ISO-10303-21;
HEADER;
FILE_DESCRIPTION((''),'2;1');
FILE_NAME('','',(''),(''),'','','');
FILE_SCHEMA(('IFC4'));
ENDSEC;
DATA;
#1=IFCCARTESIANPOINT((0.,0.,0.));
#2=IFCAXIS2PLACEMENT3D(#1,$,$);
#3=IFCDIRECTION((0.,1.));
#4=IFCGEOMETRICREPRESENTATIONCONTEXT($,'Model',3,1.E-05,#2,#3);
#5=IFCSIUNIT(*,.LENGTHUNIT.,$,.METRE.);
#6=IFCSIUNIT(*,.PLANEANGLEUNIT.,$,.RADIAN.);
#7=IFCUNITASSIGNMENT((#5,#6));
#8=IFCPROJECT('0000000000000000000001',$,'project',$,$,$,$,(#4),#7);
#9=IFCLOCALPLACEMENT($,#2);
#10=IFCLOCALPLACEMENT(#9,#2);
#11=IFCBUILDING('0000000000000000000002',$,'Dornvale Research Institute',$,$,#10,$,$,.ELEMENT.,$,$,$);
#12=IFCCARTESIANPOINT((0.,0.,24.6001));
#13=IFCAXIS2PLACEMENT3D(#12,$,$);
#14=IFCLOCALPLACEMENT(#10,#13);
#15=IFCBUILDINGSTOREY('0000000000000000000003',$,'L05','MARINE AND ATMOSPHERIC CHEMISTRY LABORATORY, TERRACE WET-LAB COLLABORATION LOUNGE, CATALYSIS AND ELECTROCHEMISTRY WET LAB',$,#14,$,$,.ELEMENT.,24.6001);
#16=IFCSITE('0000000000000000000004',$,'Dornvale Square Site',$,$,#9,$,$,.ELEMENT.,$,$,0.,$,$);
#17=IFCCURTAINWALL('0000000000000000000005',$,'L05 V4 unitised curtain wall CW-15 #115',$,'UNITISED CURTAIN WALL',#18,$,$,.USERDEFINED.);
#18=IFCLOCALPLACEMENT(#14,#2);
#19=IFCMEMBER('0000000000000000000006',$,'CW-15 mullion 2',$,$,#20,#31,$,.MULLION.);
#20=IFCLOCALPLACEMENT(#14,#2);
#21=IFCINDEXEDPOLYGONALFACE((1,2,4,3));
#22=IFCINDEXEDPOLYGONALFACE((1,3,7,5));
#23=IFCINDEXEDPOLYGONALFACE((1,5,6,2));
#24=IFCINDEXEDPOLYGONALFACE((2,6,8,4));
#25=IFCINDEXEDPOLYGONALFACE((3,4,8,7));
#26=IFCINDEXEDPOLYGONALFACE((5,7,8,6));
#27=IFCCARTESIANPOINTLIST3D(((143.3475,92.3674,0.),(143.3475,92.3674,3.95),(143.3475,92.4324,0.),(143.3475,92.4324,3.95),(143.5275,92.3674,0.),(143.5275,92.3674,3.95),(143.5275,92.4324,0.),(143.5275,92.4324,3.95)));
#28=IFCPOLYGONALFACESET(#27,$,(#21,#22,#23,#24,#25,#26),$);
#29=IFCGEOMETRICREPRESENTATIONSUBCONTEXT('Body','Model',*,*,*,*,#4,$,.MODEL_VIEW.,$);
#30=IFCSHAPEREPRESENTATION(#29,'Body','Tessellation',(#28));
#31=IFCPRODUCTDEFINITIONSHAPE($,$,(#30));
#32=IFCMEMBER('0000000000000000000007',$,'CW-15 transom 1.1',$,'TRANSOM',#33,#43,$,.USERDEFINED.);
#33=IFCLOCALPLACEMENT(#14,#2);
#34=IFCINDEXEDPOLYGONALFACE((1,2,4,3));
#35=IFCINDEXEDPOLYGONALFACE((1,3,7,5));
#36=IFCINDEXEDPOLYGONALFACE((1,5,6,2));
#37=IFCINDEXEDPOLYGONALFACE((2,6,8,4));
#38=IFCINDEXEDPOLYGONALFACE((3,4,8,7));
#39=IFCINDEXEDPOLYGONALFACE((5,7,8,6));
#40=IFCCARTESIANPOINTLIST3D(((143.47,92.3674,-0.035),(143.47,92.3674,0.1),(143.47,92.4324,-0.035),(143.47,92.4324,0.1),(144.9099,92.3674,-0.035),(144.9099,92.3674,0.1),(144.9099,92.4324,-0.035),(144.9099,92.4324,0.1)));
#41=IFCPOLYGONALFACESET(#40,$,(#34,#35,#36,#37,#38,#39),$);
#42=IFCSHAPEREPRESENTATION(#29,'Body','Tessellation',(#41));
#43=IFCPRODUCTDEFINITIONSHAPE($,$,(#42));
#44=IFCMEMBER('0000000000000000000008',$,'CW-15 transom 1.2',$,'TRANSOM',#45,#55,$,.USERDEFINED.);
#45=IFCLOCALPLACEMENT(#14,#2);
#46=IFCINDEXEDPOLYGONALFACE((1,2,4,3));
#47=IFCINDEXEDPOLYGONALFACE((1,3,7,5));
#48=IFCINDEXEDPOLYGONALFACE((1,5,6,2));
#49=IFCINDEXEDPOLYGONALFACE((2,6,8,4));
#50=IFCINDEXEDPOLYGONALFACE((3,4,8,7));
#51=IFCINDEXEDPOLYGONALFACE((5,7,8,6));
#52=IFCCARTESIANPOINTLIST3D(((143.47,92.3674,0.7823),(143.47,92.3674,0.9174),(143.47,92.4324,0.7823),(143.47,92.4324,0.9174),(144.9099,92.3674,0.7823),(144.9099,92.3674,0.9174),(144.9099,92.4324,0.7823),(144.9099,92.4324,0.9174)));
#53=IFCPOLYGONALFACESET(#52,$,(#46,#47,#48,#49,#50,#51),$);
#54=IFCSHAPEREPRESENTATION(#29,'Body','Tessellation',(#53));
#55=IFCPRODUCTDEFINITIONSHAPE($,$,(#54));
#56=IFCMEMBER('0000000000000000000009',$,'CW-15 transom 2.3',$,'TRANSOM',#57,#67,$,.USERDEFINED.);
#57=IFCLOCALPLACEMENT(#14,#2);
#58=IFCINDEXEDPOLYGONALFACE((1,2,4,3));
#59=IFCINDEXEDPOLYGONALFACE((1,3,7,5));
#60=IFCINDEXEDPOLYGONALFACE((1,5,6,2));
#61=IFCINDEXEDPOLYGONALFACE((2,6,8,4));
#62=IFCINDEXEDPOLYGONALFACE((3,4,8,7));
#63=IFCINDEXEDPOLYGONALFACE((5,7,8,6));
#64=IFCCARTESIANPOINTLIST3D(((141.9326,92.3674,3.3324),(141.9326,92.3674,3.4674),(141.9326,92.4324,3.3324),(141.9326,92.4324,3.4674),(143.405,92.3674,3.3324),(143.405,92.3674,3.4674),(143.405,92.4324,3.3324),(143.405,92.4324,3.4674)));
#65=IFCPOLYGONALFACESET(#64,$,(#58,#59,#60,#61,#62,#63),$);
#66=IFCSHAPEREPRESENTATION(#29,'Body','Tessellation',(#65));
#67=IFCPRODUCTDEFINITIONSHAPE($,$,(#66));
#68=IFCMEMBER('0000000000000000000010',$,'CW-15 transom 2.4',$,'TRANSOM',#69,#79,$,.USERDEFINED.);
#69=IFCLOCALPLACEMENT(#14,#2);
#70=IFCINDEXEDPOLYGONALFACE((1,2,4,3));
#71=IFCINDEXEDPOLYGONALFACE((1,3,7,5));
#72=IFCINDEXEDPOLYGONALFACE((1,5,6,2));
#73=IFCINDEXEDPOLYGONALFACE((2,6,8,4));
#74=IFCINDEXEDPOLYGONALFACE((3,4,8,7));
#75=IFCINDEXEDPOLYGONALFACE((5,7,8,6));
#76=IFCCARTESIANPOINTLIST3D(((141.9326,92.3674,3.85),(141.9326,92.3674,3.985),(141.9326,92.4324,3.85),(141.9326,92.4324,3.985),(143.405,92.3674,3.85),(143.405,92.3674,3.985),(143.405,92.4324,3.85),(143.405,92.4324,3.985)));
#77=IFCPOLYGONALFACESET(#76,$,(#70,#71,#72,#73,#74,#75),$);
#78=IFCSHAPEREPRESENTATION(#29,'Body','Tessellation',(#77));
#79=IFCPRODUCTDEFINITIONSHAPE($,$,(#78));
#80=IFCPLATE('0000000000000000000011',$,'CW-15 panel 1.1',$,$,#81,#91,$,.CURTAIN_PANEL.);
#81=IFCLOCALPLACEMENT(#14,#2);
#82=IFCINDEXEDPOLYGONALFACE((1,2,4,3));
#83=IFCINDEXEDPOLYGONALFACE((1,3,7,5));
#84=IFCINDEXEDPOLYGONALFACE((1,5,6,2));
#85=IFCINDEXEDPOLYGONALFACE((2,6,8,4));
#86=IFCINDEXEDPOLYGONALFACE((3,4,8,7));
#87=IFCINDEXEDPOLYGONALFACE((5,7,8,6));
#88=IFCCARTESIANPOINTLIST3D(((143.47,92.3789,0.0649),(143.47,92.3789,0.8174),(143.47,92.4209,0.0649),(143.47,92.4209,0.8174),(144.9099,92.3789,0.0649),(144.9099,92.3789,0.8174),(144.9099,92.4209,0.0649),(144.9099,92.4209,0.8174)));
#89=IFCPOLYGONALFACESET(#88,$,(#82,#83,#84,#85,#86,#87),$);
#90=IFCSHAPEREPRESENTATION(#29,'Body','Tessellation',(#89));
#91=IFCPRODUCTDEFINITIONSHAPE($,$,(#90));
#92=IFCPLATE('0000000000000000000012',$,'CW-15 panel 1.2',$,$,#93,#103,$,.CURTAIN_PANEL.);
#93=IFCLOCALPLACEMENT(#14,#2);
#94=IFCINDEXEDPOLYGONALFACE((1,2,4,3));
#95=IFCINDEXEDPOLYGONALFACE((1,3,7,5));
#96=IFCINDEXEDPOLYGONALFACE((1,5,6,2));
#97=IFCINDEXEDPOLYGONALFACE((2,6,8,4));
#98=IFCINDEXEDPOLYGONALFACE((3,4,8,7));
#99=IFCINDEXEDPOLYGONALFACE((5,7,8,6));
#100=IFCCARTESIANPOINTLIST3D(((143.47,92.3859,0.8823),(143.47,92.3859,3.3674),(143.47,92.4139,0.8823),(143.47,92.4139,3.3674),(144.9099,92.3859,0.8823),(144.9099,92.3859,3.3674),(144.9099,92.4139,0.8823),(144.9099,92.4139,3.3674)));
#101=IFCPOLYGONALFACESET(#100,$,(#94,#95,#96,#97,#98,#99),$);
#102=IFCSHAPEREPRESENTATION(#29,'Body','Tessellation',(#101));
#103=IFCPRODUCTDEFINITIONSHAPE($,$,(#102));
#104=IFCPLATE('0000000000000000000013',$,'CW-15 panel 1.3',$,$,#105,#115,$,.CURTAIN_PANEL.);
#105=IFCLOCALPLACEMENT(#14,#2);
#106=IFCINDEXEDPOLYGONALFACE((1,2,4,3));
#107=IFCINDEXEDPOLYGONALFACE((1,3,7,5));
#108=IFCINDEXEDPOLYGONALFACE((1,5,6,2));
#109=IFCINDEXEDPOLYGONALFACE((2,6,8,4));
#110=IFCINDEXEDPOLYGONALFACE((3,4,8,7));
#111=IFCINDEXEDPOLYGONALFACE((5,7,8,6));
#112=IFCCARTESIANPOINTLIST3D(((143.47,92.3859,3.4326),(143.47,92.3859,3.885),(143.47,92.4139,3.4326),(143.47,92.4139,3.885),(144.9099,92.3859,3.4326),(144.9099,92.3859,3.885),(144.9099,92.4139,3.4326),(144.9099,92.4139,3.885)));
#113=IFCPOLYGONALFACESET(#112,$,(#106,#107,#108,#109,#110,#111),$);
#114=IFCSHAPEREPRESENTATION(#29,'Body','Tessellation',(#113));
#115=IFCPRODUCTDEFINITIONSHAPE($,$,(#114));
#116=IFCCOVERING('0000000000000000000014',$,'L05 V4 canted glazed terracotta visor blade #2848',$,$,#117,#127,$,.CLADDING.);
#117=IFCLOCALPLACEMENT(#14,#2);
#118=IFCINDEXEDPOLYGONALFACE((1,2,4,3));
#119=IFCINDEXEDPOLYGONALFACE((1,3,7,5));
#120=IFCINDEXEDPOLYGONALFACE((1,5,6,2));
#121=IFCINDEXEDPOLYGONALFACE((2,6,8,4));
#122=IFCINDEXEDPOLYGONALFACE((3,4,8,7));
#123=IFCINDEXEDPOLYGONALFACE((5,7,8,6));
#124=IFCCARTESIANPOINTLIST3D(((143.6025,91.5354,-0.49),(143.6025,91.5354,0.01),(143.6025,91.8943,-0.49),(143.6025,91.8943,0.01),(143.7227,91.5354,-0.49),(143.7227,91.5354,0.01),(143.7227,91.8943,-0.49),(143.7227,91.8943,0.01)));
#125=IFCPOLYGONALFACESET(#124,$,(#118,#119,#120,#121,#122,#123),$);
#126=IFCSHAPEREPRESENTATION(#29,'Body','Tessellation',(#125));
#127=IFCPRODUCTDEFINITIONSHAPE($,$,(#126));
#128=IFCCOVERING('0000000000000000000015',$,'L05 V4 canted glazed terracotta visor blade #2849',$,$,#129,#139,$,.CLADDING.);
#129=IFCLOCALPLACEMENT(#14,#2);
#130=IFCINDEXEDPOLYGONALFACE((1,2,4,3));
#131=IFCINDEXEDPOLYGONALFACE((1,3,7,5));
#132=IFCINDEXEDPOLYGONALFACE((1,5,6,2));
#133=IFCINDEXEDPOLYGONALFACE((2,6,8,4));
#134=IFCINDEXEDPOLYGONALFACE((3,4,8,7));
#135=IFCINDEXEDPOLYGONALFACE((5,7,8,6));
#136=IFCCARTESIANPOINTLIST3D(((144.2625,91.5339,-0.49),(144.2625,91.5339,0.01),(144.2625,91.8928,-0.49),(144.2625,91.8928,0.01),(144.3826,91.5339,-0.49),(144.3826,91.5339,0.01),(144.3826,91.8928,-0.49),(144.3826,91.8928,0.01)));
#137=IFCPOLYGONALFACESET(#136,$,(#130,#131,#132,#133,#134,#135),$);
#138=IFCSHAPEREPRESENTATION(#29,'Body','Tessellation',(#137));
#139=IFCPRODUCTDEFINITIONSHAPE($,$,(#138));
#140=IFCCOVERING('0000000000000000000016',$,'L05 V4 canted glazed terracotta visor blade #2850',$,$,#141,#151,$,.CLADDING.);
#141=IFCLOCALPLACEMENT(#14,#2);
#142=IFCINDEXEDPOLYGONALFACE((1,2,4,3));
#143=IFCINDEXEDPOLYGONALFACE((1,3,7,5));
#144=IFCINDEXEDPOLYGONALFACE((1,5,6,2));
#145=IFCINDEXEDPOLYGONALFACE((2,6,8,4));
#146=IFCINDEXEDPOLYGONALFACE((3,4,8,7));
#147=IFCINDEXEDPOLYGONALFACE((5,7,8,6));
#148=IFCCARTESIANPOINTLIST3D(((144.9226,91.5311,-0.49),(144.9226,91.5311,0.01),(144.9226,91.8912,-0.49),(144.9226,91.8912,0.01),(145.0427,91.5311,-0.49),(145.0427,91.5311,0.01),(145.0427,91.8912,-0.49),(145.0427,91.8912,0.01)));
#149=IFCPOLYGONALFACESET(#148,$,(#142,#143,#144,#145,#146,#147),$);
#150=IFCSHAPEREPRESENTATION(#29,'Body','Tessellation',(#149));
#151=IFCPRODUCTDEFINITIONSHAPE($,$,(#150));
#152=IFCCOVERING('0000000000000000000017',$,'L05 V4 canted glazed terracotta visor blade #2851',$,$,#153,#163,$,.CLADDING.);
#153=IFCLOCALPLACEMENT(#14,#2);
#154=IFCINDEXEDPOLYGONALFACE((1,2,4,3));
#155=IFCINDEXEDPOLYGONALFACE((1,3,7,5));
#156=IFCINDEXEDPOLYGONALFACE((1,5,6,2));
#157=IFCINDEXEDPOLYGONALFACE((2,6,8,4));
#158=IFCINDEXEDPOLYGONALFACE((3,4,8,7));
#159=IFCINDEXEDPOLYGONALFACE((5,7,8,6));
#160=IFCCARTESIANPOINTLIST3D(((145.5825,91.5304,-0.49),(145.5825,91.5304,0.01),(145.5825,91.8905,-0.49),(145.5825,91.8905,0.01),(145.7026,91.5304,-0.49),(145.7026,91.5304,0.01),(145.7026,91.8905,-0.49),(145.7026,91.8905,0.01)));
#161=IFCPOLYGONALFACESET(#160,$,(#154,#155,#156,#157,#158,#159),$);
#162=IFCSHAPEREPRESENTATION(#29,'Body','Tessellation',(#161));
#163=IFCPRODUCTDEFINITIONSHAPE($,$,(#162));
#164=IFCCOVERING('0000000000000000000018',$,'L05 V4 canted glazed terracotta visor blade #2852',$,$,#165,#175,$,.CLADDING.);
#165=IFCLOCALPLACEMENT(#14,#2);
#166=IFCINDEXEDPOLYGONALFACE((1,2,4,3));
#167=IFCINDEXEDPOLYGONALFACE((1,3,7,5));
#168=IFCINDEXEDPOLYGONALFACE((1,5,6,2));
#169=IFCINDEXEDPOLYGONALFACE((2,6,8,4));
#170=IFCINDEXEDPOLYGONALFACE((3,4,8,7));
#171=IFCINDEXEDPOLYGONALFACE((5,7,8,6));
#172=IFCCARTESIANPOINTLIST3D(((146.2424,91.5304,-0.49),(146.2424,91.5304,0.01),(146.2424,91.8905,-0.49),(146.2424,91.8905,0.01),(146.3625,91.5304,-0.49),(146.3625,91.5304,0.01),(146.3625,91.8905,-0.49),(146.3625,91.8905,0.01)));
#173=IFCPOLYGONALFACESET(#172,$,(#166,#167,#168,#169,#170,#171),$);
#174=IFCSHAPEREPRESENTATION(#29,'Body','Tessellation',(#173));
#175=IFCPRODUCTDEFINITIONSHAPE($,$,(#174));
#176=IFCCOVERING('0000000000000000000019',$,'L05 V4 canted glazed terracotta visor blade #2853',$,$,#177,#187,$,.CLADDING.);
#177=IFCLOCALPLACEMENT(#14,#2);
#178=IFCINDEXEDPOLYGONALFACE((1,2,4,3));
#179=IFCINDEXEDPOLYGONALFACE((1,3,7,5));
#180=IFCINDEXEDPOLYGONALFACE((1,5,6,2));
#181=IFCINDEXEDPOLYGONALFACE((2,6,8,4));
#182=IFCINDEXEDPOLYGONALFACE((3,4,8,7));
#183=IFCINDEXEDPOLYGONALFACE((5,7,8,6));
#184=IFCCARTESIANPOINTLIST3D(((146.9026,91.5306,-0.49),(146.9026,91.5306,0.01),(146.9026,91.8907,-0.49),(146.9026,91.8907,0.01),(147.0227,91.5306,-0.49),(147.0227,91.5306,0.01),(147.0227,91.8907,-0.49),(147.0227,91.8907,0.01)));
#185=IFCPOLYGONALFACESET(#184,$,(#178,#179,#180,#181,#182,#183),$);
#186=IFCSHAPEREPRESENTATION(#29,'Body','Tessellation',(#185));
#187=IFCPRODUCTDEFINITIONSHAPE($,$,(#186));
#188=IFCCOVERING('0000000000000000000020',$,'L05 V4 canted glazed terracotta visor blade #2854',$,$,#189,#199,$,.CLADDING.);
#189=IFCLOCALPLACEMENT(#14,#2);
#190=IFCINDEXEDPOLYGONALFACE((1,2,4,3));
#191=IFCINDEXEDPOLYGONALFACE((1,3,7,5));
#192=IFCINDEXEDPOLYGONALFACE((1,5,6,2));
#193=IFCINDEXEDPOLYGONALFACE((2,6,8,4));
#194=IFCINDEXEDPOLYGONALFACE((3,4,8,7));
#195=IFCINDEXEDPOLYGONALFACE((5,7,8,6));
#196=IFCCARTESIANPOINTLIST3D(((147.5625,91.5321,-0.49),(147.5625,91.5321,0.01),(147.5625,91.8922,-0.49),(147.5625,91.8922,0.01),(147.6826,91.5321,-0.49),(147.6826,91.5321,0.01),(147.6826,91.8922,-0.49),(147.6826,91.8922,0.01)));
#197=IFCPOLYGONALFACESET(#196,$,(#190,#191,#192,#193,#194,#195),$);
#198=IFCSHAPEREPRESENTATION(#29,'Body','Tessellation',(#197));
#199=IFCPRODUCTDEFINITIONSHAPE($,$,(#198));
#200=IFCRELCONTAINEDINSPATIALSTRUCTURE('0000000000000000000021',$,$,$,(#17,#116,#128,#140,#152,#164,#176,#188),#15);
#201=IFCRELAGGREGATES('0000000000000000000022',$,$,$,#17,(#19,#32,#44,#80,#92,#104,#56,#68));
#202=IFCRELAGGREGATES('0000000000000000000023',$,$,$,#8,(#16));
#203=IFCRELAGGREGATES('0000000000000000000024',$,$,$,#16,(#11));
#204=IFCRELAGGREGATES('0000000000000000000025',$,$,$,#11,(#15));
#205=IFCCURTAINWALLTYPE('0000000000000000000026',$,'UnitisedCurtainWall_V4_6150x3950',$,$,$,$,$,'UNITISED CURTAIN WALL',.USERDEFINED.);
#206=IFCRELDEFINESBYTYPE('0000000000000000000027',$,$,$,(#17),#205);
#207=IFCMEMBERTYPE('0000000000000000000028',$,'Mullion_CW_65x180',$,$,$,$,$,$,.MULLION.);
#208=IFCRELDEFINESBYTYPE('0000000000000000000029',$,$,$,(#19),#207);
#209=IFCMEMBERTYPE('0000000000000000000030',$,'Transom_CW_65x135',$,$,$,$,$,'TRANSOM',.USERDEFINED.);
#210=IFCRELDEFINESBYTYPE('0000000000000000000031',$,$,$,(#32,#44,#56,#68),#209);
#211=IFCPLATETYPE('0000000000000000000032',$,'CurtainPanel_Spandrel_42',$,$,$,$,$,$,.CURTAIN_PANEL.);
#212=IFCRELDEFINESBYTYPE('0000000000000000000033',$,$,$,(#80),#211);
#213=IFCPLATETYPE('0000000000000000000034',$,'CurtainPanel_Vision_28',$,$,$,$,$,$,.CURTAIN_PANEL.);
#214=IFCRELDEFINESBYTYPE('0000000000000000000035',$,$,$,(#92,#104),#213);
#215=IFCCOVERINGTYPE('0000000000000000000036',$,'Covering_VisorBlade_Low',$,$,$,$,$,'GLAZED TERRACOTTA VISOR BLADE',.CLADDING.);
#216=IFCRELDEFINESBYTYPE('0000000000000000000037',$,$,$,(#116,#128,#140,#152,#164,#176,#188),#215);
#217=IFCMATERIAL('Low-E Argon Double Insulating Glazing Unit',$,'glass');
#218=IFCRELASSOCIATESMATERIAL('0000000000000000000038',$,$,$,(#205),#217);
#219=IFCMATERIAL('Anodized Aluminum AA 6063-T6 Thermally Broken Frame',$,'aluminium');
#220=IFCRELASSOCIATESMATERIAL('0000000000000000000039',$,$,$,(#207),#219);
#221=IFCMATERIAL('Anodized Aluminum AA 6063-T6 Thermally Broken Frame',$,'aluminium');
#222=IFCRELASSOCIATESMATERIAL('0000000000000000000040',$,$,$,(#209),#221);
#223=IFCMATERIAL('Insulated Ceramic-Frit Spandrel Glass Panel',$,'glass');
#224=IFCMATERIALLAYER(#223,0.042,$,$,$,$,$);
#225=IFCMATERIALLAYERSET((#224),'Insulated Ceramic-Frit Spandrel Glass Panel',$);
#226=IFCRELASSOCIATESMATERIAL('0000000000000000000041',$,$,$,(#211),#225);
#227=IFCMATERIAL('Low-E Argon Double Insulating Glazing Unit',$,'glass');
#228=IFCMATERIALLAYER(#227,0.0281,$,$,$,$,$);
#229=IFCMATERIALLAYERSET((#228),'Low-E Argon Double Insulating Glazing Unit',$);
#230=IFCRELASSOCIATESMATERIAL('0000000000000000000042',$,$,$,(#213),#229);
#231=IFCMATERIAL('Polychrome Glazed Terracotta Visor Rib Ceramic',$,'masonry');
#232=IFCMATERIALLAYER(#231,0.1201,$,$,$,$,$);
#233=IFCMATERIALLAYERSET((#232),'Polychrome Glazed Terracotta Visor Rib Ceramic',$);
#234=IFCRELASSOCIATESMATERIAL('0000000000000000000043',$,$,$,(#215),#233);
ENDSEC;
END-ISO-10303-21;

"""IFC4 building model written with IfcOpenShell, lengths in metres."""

from ifc_helpers import new_model, si_unit, direction, frame, origin, origin_2d, place, context, subcontext, project, spatial, rectangle, extrude, material, layer, layer_set, material_profile, profile_set, type_object, element, aggregate, save


model = new_model("IFC4")

# Units and contexts
model_context = context("Model", 3, precision=1e-05, world=origin(), true_north=direction((0.0, 1.0)))
body_context = subcontext(model_context, "Body", "Model", "MODEL_VIEW")
ifc_project = project(units=[si_unit("LENGTHUNIT", "METRE"), si_unit("PLANEANGLEUNIT", "RADIAN")], contexts=[model_context])

# Site, building, storey
site_placement = place(None, origin())
site = spatial("IfcSite", under=ifc_project, at=site_placement, Name="Dornvale Square Site", CompositionType="ELEMENT", RefElevation=0.0)
building_placement = place(site_placement, origin())
building = spatial("IfcBuilding", under=site, at=building_placement, Name="Dornvale Research Institute", CompositionType="ELEMENT")
storey_placement = place(building_placement, frame((0.0, 0.0, 24.6001)))
storey = spatial("IfcBuildingStorey", under=building, at=storey_placement, Name="L05", Description="MARINE AND ATMOSPHERIC CHEMISTRY LABORATORY, TERRACE WET-LAB COLLABORATION LOUNGE, CATALYSIS AND ELECTROCHEMISTRY WET LAB", CompositionType="ELEMENT", Elevation=24.6001)

# Curtain wall, members, plates
ifc_material_1 = material(Name="Low-E Argon Double Insulating Glazing Unit", Category="glass")
curtain_wall_type = type_object("IfcCurtainWallType", Name="UnitisedCurtainWall_V4_6150x3950", ElementType="UNITISED CURTAIN WALL", PredefinedType="USERDEFINED", material=ifc_material_1)
curtain_wall_placement = place(storey_placement, origin())
curtain_wall = element("IfcCurtainWall", 1, at=curtain_wall_placement, inside=storey, type_object=curtain_wall_type, Name="L05 V4 unitised curtain wall CW-15 #115", ObjectType="UNITISED CURTAIN WALL", PredefinedType="USERDEFINED")
ifc_material_2 = material(Name="Anodized Aluminum AA 6063-T6 Thermally Broken Frame", Category="aluminium")
ifc_material_profile_1 = material_profile(ifc_material_2, rectangle(XDim=0.0649, YDim=0.1799, at=origin_2d()), Name="ALU MULLION 65x180")
ifc_profile_set_1 = profile_set([ifc_material_profile_1], Name="Anodized Aluminum AA 6063-T6 Thermally Broken Frame")
member_type_1 = type_object("IfcMemberType", Name="Mullion_CW_65x180", PredefinedType="MULLION", material=ifc_profile_set_1)
member_1_placement = place(storey_placement, frame((143.4375, 92.3999, 0.0), z_axis=(0.0, 0.0, 1.0), x_axis=(0.0, -1.0, 0.0)))
member_1 = element("IfcMember", 2, at=member_1_placement, type_object=member_type_1, Name="CW-15 mullion 2", PredefinedType="MULLION", context=body_context, shape_type="SweptSolid", body=[
    extrude(rectangle(XDim=0.0649, YDim=0.1799, at=origin_2d()), origin(), (0.0, 0.0, 1.0), 3.95),
])
ifc_material_3 = material(Name="Anodized Aluminum AA 6063-T6 Thermally Broken Frame", Category="aluminium")
ifc_material_profile_2 = material_profile(ifc_material_3, rectangle(XDim=0.0649, YDim=0.135, at=origin_2d()), Name="ALU TRANSOM 65x135")
ifc_profile_set_2 = profile_set([ifc_material_profile_2], Name="Anodized Aluminum AA 6063-T6 Thermally Broken Frame")
member_type_2 = type_object("IfcMemberType", Name="Transom_CW_65x135", ElementType="TRANSOM", PredefinedType="USERDEFINED", material=ifc_profile_set_2)
member_2_placement = place(storey_placement, frame((144.9099, 92.3999, 0.0325), z_axis=(-1.0, 0.0, 0.0), x_axis=(0.0, -1.0, 0.0)))
member_2 = element("IfcMember", 3, at=member_2_placement, type_object=member_type_2, Name="CW-15 transom 1.1", ObjectType="TRANSOM", PredefinedType="USERDEFINED", context=body_context, shape_type="SweptSolid", body=[
    extrude(rectangle(XDim=0.0649, YDim=0.135, at=origin_2d()), origin(), (0.0, 0.0, 1.0), 1.4399),
])
member_3_placement = place(storey_placement, frame((144.9099, 92.3999, 0.8499), z_axis=(-1.0, 0.0, 0.0), x_axis=(0.0, -1.0, 0.0)))
member_3 = element("IfcMember", 4, at=member_3_placement, type_object=member_type_2, Name="CW-15 transom 1.2", ObjectType="TRANSOM", PredefinedType="USERDEFINED", context=body_context, shape_type="SweptSolid", body=[
    extrude(rectangle(XDim=0.0649, YDim=0.135, at=origin_2d()), origin(), (0.0, 0.0, 1.0), 1.4399),
])
member_4_placement = place(storey_placement, frame((143.405, 92.3999, 3.3999), z_axis=(-1.0, 0.0, 0.0), x_axis=(0.0, -1.0, 0.0)))
member_4 = element("IfcMember", 5, at=member_4_placement, type_object=member_type_2, Name="CW-15 transom 2.3", ObjectType="TRANSOM", PredefinedType="USERDEFINED", context=body_context, shape_type="SweptSolid", body=[
    extrude(rectangle(XDim=0.0649, YDim=0.135, at=origin_2d()), origin(), (0.0, 0.0, 1.0), 1.4724),
])
member_5_placement = place(storey_placement, frame((143.405, 92.3999, 3.9175), z_axis=(-1.0, 0.0, 0.0), x_axis=(0.0, -1.0, 0.0)))
member_5 = element("IfcMember", 6, at=member_5_placement, type_object=member_type_2, Name="CW-15 transom 2.4", ObjectType="TRANSOM", PredefinedType="USERDEFINED", context=body_context, shape_type="SweptSolid", body=[
    extrude(rectangle(XDim=0.0649, YDim=0.135, at=origin_2d()), origin(), (0.0, 0.0, 1.0), 1.4724),
])
ifc_material_4 = material(Name="Insulated Ceramic-Frit Spandrel Glass Panel", Category="glass")
ifc_layer_1 = layer(ifc_material_4, 0.042)
ifc_layer_set_1 = layer_set([ifc_layer_1], Name="Insulated Ceramic-Frit Spandrel Glass Panel")
plate_type_1 = type_object("IfcPlateType", Name="CurtainPanel_Spandrel_42", PredefinedType="CURTAIN_PANEL", material=ifc_layer_set_1)
plate_1_placement = place(storey_placement, frame((144.1899, 92.3999, 0.0649), z_axis=(0.0, 0.0, 1.0), x_axis=(-1.0, 0.0, 0.0)))
plate_1 = element("IfcPlate", 7, at=plate_1_placement, type_object=plate_type_1, Name="CW-15 panel 1.1", PredefinedType="CURTAIN_PANEL", context=body_context, shape_type="SweptSolid", body=[
    extrude(rectangle(XDim=1.4399, YDim=0.042, at=origin_2d()), origin(), (0.0, 0.0, 1.0), 0.7524),
])
ifc_material_5 = material(Name="Low-E Argon Double Insulating Glazing Unit", Category="glass")
ifc_layer_2 = layer(ifc_material_5, 0.0281)
ifc_layer_set_2 = layer_set([ifc_layer_2], Name="Low-E Argon Double Insulating Glazing Unit")
plate_type_2 = type_object("IfcPlateType", Name="CurtainPanel_Vision_28", PredefinedType="CURTAIN_PANEL", material=ifc_layer_set_2)
plate_2_placement = place(storey_placement, frame((144.1899, 92.3999, 0.8823), z_axis=(0.0, 0.0, 1.0), x_axis=(-1.0, 0.0, 0.0)))
plate_2 = element("IfcPlate", 8, at=plate_2_placement, type_object=plate_type_2, Name="CW-15 panel 1.2", PredefinedType="CURTAIN_PANEL", context=body_context, shape_type="SweptSolid", body=[
    extrude(rectangle(XDim=1.4399, YDim=0.0281, at=origin_2d()), origin(), (0.0, 0.0, 1.0), 2.4851),
])
plate_3_placement = place(storey_placement, frame((144.1899, 92.3999, 3.4326), z_axis=(0.0, 0.0, 1.0), x_axis=(-1.0, 0.0, 0.0)))
plate_3 = element("IfcPlate", 9, at=plate_3_placement, type_object=plate_type_2, Name="CW-15 panel 1.3", PredefinedType="CURTAIN_PANEL", context=body_context, shape_type="SweptSolid", body=[
    extrude(rectangle(XDim=1.4399, YDim=0.0281, at=origin_2d()), origin(), (0.0, 0.0, 1.0), 0.4524),
])
aggregate(curtain_wall, [member_1, member_2, member_3, plate_1, plate_2, plate_3, member_4, member_5])

# Coverings
ifc_material_6 = material(Name="Polychrome Glazed Terracotta Visor Rib Ceramic", Category="masonry")
ifc_layer_3 = layer(ifc_material_6, 0.1201)
ifc_layer_set_3 = layer_set([ifc_layer_3], Name="Polychrome Glazed Terracotta Visor Rib Ceramic")
covering_type = type_object("IfcCoveringType", Name="Covering_VisorBlade_Low", ElementType="GLAZED TERRACOTTA VISOR BLADE", PredefinedType="CLADDING", material=ifc_layer_set_3)
for number, where, z_axis, x_axis, name in (
    (10, (143.6626, 91.7148, -0.49), (0.0, 0.0, 1.0), (0.0, 1.0, 0.0), "L05 V4 canted glazed terracotta visor blade #2848"),
    (11, (144.3225, 91.7134, -0.49), (0.0, 0.0, 1.0), (0.0, 1.0, 0.0), "L05 V4 canted glazed terracotta visor blade #2849"),
):
    element("IfcCovering", number, at=place(storey_placement, frame(where, z_axis=z_axis, x_axis=x_axis)), inside=storey, type_object=covering_type, Name=name, PredefinedType="CLADDING", context=body_context, shape_type="SweptSolid", body=[
        extrude(rectangle(XDim=0.3589, YDim=0.1201, at=origin_2d()), origin(), (0.0, 0.0, 1.0), 0.5),
    ])
for number, where, z_axis, x_axis, name in (
    (12, (144.9827, 91.7112, -0.49), (0.0, 0.0, 1.0), (0.0, 1.0, 0.0), "L05 V4 canted glazed terracotta visor blade #2850"),
    (13, (145.6426, 91.7104, -0.49), (0.0, 0.0, 1.0), (0.0, 1.0, 0.0), "L05 V4 canted glazed terracotta visor blade #2851"),
    (14, (146.3025, 91.7104, -0.49), (0.0, 0.0, 1.0), (0.0, 1.0, 0.0), "L05 V4 canted glazed terracotta visor blade #2852"),
    (15, (146.9626, 91.7107, -0.49), (0.0, 0.0, 1.0), (0.0, 1.0, 0.0), "L05 V4 canted glazed terracotta visor blade #2853"),
    (16, (147.6226, 91.7122, -0.49), (0.0, 0.0, 1.0), (0.0, 1.0, 0.0), "L05 V4 canted glazed terracotta visor blade #2854"),
):
    element("IfcCovering", number, at=place(storey_placement, frame(where, z_axis=z_axis, x_axis=x_axis)), inside=storey, type_object=covering_type, Name=name, PredefinedType="CLADDING", context=body_context, shape_type="SweptSolid", body=[
        extrude(rectangle(XDim=0.3601, YDim=0.1201, at=origin_2d()), origin(), (0.0, 0.0, 1.0), 0.5),
    ])

save(model, "model.ifc")
